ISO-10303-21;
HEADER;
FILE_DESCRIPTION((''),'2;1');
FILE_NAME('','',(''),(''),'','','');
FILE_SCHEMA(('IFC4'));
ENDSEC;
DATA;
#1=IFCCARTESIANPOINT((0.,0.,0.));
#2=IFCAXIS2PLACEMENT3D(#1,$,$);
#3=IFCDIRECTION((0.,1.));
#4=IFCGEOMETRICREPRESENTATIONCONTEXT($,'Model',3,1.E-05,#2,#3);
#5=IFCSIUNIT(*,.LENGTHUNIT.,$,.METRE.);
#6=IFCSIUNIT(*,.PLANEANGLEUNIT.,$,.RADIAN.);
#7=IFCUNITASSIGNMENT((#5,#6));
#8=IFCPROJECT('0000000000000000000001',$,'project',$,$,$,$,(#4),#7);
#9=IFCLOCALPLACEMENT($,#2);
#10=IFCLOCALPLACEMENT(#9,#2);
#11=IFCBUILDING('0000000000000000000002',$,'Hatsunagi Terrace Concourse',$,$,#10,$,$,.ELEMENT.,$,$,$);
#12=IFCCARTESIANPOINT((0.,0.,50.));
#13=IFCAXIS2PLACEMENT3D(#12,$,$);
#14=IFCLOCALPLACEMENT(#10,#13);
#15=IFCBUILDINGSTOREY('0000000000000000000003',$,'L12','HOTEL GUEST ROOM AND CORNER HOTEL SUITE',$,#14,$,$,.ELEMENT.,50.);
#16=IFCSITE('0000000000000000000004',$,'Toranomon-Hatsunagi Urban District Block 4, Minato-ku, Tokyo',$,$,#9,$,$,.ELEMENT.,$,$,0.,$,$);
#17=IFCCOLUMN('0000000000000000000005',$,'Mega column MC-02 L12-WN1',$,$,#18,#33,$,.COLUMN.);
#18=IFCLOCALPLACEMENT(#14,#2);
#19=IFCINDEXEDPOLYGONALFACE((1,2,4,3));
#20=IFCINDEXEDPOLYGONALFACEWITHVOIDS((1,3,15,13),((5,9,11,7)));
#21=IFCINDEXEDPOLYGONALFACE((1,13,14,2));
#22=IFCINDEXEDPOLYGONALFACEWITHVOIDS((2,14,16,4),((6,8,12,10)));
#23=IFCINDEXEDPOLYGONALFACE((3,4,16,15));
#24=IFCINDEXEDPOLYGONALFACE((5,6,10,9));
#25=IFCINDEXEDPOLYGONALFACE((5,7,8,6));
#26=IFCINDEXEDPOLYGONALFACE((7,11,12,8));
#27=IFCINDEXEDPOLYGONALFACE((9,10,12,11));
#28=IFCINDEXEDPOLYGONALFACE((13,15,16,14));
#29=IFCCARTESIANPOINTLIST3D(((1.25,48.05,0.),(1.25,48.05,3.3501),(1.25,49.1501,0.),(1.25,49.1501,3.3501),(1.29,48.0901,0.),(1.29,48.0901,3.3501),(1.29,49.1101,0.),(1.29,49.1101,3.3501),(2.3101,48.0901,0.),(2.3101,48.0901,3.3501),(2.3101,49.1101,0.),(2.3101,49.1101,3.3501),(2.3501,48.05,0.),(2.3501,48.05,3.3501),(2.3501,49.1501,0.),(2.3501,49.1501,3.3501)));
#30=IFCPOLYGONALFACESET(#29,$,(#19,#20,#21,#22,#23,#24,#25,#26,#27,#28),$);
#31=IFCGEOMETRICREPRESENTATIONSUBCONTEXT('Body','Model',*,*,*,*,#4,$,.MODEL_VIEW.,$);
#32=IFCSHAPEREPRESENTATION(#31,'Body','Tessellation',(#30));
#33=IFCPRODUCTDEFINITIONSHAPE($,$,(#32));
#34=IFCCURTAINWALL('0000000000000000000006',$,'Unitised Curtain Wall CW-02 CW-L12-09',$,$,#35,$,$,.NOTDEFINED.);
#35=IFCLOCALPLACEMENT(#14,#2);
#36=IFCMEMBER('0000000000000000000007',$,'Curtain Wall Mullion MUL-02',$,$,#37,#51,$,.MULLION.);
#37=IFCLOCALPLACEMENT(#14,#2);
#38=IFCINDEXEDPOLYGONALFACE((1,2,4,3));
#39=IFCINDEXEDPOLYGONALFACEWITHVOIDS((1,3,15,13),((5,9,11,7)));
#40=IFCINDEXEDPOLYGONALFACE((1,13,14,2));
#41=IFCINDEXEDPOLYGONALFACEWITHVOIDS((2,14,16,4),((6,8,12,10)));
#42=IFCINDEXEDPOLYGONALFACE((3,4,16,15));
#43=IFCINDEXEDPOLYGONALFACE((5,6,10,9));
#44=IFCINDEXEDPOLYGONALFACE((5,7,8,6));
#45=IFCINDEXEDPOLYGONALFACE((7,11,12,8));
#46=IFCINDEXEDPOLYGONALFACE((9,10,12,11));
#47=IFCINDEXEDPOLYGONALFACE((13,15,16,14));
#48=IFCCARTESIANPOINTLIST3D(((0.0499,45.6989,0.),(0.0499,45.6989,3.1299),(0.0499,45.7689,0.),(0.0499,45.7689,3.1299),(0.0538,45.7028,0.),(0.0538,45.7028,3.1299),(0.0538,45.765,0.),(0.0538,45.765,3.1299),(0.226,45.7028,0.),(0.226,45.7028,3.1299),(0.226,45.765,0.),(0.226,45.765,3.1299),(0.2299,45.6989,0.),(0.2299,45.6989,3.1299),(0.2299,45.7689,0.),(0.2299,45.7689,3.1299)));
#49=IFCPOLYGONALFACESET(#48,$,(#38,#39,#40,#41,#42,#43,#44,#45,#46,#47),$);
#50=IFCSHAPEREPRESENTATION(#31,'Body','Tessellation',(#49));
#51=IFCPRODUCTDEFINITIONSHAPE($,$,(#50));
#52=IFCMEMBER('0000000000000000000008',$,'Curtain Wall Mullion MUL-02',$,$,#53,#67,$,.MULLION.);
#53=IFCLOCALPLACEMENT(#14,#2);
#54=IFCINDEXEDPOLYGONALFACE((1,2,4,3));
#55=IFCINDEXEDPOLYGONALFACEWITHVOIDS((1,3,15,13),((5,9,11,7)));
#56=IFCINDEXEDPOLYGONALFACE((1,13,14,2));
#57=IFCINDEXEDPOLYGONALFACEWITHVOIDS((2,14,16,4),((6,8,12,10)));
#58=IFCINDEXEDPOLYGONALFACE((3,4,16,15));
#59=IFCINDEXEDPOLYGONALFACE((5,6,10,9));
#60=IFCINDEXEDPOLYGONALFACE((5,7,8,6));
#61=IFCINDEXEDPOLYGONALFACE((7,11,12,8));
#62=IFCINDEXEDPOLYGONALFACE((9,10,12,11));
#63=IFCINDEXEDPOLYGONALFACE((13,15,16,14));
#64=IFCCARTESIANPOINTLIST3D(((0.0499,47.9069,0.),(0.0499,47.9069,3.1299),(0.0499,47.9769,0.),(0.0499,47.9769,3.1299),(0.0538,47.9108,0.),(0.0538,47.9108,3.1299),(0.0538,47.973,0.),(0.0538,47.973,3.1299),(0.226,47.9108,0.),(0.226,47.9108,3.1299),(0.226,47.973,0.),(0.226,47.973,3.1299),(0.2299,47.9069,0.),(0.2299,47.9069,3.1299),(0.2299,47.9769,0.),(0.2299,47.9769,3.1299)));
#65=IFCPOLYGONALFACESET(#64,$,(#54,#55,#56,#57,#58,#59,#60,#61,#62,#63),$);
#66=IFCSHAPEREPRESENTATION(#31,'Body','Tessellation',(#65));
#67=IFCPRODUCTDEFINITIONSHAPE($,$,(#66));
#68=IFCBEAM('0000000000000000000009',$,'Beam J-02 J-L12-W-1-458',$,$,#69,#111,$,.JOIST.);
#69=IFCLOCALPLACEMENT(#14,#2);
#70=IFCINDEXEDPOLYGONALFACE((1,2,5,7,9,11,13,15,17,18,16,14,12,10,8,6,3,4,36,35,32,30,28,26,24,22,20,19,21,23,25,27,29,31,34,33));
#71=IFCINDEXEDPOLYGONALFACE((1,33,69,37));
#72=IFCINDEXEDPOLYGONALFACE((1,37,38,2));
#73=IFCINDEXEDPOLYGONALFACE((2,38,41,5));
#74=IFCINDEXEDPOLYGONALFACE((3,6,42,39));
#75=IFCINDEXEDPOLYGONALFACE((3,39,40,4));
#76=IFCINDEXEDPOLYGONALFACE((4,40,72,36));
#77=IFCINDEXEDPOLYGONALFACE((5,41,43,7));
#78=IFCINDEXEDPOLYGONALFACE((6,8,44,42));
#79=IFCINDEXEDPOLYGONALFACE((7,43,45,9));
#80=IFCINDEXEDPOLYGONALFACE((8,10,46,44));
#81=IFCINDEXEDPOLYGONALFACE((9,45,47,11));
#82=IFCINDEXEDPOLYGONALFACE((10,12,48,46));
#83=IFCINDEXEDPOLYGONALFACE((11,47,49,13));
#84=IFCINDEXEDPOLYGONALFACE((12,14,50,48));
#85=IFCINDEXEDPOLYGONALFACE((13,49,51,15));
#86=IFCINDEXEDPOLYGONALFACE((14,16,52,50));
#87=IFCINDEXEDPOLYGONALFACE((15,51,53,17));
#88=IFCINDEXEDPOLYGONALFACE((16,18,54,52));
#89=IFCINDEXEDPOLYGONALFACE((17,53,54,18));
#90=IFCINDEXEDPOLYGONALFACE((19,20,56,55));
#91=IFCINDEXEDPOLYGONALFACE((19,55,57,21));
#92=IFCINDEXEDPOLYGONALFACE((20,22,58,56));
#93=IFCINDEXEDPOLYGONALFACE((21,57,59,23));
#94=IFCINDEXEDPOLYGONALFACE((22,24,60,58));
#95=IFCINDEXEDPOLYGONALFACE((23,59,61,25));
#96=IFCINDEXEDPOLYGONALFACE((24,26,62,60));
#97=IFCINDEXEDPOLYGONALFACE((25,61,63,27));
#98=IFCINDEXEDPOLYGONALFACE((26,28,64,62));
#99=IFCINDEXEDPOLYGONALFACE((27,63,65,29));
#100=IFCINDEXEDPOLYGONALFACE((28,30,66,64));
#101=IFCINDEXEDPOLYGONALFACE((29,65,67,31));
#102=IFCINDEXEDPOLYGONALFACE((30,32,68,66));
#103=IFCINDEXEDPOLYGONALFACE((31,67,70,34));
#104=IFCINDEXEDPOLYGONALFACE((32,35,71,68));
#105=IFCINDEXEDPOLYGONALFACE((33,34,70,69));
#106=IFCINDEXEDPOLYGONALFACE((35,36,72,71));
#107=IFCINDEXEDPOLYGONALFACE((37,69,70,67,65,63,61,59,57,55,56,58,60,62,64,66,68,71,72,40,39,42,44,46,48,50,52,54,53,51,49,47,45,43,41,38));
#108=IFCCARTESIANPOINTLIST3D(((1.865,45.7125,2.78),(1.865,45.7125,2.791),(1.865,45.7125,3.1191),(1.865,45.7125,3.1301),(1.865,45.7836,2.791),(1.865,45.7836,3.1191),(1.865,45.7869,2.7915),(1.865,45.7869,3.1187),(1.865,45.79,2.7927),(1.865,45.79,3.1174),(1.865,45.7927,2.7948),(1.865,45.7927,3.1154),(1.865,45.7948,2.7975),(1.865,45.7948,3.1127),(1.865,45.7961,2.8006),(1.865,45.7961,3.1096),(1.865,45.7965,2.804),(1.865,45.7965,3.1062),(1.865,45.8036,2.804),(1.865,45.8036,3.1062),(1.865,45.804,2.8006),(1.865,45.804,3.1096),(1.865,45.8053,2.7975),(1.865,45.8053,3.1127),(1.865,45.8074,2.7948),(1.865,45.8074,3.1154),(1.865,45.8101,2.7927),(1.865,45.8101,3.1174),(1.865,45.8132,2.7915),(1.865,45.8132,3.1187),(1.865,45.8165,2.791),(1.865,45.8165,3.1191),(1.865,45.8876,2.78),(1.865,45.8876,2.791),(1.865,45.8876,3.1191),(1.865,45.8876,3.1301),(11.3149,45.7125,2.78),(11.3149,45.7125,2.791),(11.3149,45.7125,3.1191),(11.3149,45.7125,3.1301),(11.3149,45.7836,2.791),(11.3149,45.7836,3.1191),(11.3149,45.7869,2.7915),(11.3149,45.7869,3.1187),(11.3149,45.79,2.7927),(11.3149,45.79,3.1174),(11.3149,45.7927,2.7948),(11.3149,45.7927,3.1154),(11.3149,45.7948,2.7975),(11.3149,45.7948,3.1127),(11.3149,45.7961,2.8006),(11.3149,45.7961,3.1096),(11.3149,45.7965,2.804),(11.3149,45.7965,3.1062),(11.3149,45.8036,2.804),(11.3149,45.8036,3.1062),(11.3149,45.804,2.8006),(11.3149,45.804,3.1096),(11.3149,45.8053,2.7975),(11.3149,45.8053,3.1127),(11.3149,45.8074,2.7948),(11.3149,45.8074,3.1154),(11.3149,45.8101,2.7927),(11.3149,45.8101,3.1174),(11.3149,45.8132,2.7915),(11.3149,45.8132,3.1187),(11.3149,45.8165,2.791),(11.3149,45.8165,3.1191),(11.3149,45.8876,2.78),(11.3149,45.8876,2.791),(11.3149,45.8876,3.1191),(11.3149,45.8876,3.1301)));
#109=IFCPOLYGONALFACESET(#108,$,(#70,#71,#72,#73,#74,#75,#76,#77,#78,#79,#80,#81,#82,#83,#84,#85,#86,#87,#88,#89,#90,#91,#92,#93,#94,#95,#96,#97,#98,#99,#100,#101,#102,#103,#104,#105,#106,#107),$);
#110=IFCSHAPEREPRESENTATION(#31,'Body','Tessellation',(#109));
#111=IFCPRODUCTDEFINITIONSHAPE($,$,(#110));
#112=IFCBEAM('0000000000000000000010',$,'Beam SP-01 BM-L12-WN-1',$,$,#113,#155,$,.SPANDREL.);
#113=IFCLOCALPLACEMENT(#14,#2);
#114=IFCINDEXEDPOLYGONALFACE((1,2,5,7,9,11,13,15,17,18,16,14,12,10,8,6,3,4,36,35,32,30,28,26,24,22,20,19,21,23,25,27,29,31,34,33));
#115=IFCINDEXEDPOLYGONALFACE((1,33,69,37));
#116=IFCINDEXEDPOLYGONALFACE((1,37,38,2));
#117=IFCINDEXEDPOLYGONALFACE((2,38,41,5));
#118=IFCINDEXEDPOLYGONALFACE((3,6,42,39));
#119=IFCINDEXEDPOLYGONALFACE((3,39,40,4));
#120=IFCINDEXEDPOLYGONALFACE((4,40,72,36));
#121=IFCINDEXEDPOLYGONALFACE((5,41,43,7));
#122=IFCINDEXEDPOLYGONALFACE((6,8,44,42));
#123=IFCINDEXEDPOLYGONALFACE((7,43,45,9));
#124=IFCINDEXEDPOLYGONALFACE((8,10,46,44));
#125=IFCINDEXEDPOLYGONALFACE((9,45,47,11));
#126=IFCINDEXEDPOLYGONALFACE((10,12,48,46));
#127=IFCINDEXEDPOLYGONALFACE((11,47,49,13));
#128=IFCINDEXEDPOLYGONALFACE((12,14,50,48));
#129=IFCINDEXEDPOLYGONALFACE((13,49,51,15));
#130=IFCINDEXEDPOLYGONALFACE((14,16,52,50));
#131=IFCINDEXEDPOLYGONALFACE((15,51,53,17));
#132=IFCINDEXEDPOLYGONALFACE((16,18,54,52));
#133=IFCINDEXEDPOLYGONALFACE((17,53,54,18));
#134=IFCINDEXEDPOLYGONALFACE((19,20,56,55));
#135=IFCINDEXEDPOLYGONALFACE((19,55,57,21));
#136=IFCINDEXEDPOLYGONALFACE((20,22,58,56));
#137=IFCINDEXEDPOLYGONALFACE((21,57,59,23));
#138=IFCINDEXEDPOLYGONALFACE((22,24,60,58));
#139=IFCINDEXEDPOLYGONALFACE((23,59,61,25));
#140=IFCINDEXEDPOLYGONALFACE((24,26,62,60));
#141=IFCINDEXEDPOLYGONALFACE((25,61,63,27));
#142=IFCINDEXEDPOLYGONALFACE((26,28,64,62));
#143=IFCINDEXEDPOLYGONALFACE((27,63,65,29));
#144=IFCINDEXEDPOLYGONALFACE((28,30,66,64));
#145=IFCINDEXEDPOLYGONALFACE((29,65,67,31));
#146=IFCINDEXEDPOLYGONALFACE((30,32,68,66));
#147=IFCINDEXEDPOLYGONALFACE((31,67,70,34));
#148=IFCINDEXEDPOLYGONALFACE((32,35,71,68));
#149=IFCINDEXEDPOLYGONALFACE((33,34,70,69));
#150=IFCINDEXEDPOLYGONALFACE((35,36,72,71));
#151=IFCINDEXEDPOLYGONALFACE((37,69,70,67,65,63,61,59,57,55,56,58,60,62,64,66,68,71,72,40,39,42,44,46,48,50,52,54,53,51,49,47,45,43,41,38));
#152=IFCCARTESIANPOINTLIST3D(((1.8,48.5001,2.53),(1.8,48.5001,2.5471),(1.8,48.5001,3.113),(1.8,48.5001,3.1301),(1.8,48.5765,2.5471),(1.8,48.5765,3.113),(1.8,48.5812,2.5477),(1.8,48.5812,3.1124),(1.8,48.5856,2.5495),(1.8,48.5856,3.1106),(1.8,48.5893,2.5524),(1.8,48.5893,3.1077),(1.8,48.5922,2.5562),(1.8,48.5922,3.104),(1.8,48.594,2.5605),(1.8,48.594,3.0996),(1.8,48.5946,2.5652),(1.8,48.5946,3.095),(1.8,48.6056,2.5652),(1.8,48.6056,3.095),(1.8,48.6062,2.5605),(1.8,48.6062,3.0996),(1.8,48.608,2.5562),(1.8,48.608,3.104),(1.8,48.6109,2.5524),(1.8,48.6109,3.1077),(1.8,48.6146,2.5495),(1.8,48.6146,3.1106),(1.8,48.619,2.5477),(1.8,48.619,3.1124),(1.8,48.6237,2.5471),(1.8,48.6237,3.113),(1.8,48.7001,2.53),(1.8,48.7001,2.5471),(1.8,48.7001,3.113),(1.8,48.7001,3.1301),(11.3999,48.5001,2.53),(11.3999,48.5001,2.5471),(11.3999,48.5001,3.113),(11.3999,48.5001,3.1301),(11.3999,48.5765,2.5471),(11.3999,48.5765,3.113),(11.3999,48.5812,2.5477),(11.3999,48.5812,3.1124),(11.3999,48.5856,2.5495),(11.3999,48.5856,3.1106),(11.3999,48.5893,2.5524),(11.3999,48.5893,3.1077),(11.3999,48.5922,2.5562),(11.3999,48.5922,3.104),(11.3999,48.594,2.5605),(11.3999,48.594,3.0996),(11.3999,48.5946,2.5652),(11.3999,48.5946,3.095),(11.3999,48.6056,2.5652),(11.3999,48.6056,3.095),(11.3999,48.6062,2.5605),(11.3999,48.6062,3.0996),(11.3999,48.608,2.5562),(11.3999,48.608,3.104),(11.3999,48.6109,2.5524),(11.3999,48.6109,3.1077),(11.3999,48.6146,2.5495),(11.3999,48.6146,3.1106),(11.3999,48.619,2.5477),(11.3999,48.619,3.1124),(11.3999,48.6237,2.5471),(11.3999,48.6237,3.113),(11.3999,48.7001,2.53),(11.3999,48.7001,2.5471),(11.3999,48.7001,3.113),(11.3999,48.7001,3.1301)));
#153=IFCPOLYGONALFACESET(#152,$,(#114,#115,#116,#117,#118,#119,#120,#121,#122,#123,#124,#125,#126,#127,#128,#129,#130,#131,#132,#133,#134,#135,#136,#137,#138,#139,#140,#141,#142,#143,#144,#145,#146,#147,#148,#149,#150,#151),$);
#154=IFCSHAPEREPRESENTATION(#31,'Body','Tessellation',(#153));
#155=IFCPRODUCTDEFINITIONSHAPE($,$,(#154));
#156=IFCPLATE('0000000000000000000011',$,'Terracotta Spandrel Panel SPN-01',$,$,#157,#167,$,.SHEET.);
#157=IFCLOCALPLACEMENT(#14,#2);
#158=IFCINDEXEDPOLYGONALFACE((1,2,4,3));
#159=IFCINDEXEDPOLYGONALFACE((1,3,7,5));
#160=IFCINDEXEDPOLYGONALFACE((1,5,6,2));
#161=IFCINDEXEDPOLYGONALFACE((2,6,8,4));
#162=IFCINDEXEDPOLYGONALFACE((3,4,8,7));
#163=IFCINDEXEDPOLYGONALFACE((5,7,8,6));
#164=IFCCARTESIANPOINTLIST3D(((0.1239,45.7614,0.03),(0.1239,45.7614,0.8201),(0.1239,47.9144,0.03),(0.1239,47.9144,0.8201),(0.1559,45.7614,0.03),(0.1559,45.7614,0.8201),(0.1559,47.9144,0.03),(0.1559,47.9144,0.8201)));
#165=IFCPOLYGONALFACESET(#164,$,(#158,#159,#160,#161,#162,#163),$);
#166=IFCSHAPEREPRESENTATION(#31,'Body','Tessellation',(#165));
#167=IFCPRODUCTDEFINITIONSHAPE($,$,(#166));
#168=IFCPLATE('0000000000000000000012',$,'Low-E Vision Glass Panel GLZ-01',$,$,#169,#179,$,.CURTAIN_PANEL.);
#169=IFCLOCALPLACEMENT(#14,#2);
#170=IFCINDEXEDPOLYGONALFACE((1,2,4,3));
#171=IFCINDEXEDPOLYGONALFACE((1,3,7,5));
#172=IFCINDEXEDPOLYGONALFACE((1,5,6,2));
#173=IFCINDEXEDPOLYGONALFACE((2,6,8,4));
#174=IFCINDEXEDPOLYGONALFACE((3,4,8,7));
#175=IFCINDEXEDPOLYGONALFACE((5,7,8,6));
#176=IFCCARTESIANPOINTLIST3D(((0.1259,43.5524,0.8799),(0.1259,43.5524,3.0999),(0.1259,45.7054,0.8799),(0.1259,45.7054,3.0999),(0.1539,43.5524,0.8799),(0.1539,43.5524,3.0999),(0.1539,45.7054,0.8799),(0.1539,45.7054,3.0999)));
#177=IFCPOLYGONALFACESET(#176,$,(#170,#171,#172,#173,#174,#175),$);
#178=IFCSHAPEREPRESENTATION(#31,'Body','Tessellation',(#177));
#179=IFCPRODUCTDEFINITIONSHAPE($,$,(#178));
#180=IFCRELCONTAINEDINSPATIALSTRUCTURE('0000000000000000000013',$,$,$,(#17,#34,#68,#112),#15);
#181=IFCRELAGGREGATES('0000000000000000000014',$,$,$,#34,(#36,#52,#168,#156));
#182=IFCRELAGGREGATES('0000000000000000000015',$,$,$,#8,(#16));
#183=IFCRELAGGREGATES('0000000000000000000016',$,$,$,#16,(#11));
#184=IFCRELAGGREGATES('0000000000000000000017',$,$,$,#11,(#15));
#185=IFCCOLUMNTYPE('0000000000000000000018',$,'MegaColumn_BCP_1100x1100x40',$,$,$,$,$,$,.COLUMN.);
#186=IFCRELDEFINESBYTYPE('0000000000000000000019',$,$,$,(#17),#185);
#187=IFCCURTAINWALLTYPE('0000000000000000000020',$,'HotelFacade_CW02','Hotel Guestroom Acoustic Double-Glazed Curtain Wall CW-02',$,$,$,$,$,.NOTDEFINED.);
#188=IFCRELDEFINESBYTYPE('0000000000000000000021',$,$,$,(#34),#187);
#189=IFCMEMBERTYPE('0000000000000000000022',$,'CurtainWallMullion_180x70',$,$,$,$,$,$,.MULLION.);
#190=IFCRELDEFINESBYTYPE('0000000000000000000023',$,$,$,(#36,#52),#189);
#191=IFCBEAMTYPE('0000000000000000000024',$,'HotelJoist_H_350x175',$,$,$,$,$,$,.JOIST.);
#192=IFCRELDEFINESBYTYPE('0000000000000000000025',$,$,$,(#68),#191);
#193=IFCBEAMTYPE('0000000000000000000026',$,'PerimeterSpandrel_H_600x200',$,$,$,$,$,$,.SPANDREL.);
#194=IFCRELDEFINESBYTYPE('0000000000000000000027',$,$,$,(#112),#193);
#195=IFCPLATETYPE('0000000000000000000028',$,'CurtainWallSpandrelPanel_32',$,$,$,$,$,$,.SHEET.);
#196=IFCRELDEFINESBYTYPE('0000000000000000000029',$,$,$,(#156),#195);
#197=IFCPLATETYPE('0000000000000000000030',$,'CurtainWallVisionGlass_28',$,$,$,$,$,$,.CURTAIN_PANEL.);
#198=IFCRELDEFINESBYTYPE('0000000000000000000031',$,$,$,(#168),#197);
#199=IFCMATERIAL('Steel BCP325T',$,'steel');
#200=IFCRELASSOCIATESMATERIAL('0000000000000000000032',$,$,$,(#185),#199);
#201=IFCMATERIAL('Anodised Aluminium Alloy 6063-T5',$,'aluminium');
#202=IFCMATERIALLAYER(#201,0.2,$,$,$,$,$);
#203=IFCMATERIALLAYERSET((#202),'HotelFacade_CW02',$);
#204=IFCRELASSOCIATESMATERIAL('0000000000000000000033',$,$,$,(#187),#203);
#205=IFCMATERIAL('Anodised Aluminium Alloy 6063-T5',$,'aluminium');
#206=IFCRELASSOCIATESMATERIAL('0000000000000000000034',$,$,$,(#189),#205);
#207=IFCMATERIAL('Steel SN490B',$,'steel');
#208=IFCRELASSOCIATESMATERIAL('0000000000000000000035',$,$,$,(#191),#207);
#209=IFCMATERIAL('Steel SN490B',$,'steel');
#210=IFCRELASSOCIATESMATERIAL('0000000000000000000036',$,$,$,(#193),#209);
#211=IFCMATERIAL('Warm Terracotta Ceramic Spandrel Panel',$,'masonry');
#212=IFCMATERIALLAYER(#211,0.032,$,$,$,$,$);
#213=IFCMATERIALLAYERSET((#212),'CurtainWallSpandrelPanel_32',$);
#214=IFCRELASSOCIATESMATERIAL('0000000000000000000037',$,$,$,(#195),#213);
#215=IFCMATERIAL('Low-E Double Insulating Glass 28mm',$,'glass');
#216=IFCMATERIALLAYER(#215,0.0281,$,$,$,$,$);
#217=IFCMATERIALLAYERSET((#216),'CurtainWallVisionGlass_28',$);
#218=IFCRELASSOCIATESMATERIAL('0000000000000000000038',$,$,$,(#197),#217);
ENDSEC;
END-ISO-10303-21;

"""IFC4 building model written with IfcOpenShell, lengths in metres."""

from ifc_helpers import new_model, si_unit, direction, frame, origin, origin_2d, place, context, subcontext, project, spatial, rectangle, hollow_rectangle, i_section, extrude, material, layer, layer_set, material_profile, profile_set, type_object, element, aggregate, save


model = new_model("IFC4")

# Units and contexts
model_context = context("Model", 3, precision=1e-05, world=origin(), true_north=direction((0.0, 1.0)))
body_context = subcontext(model_context, "Body", "Model", "MODEL_VIEW")
ifc_project = project(units=[si_unit("LENGTHUNIT", "METRE"), si_unit("PLANEANGLEUNIT", "RADIAN")], contexts=[model_context])

# Site, building, storey
site_placement = place(None, origin())
site = spatial("IfcSite", under=ifc_project, at=site_placement, Name="Toranomon-Hatsunagi Urban District Block 4, Minato-ku, Tokyo", CompositionType="ELEMENT", RefElevation=0.0)
building_placement = place(site_placement, origin())
building = spatial("IfcBuilding", under=site, at=building_placement, Name="Hatsunagi Terrace Concourse", CompositionType="ELEMENT")
storey_placement = place(building_placement, frame((0.0, 0.0, 50.0)))
storey = spatial("IfcBuildingStorey", under=building, at=storey_placement, Name="L12", Description="HOTEL GUEST ROOM AND CORNER HOTEL SUITE", CompositionType="ELEMENT", Elevation=50.0)

# Column
ifc_material_1 = material(Name="Steel BCP325T", Category="steel")
ifc_material_profile_1 = material_profile(ifc_material_1, hollow_rectangle(XDim=1.1001, YDim=1.1001, WallThickness=0.04, at=origin_2d()), Name="BCP-1100x1100x40")
ifc_profile_set_1 = profile_set([ifc_material_profile_1], Name="Steel BCP325T")
column_type = type_object("IfcColumnType", Name="MegaColumn_BCP_1100x1100x40", PredefinedType="COLUMN", material=ifc_profile_set_1)
column_placement = place(storey_placement, frame((1.8, 48.6001, 0.0), z_axis=(0.0, 0.0, 1.0), x_axis=(1.0, 0.0, 0.0)))
element("IfcColumn", 1, at=column_placement, inside=storey, type_object=column_type, Name="Mega column MC-02 L12-WN1", PredefinedType="COLUMN", context=body_context, shape_type="SweptSolid", body=[
    extrude(hollow_rectangle(XDim=1.1001, YDim=1.1001, WallThickness=0.04, at=origin_2d()), origin(), (0.0, 0.0, 1.0), 3.3501),
])

# Curtain wall, members
ifc_material_2 = material(Name="Anodised Aluminium Alloy 6063-T5", Category="aluminium")
ifc_layer_1 = layer(ifc_material_2, 0.2)
ifc_layer_set_1 = layer_set([ifc_layer_1], Name="HotelFacade_CW02")
curtain_wall_type = type_object("IfcCurtainWallType", Name="HotelFacade_CW02", Description="Hotel Guestroom Acoustic Double-Glazed Curtain Wall CW-02", PredefinedType="NOTDEFINED", material=ifc_layer_set_1)
curtain_wall_placement = place(storey_placement, origin())
curtain_wall = element("IfcCurtainWall", 2, at=curtain_wall_placement, inside=storey, type_object=curtain_wall_type, Name="Unitised Curtain Wall CW-02 CW-L12-09", PredefinedType="NOTDEFINED")
ifc_material_3 = material(Name="Anodised Aluminium Alloy 6063-T5", Category="aluminium")
ifc_material_profile_2 = material_profile(ifc_material_3, hollow_rectangle(XDim=0.0701, YDim=0.1799, WallThickness=0.0039, at=origin_2d()), Name="ALU-MUL-180x70x4")
ifc_profile_set_2 = profile_set([ifc_material_profile_2], Name="Anodised Aluminium Alloy 6063-T5")
member_type = type_object("IfcMemberType", Name="CurtainWallMullion_180x70", PredefinedType="MULLION", material=ifc_profile_set_2)
member_1_placement = place(storey_placement, frame((0.1399, 45.7339, 0.0), z_axis=(0.0, 0.0, 1.0), x_axis=(0.0, 1.0, 0.0)))
member_1 = element("IfcMember", 3, at=member_1_placement, type_object=member_type, Name="Curtain Wall Mullion MUL-02", PredefinedType="MULLION", context=body_context, shape_type="SweptSolid", body=[
    extrude(hollow_rectangle(XDim=0.0701, YDim=0.1799, WallThickness=0.0039, at=origin_2d()), origin(), (0.0, 0.0, 1.0), 3.1299),
])
member_2_placement = place(storey_placement, frame((0.1399, 47.9419, 0.0), z_axis=(0.0, 0.0, 1.0), x_axis=(0.0, 1.0, 0.0)))
member_2 = element("IfcMember", 4, at=member_2_placement, type_object=member_type, Name="Curtain Wall Mullion MUL-02", PredefinedType="MULLION", context=body_context, shape_type="SweptSolid", body=[
    extrude(hollow_rectangle(XDim=0.0701, YDim=0.1799, WallThickness=0.0039, at=origin_2d()), origin(), (0.0, 0.0, 1.0), 3.1299),
])

# Beams
ifc_material_4 = material(Name="Steel SN490B", Category="steel")
ifc_material_profile_3 = material_profile(ifc_material_4, i_section(OverallWidth=0.175, OverallDepth=0.3501, WebThickness=0.0071, FlangeThickness=0.011, FilletRadius=0.0129, at=origin_2d()), Name="H-350x175x7x11")
ifc_profile_set_3 = profile_set([ifc_material_profile_3], Name="Steel SN490B")
beam_type_1 = type_object("IfcBeamType", Name="HotelJoist_H_350x175", PredefinedType="JOIST", material=ifc_profile_set_3)
beam_1_placement = place(storey_placement, frame((1.865, 45.8, 2.9551), z_axis=(1.0, 0.0, 0.0), x_axis=(0.0, 1.0, 0.0)))
element("IfcBeam", 5, at=beam_1_placement, inside=storey, type_object=beam_type_1, Name="Beam J-02 J-L12-W-1-458", PredefinedType="JOIST", context=body_context, shape_type="SweptSolid", body=[
    extrude(i_section(OverallWidth=0.175, OverallDepth=0.3501, WebThickness=0.0071, FlangeThickness=0.011, FilletRadius=0.0129, at=origin_2d()), origin(), (0.0, 0.0, 1.0), 9.45),
])
ifc_material_5 = material(Name="Steel SN490B", Category="steel")
ifc_material_profile_4 = material_profile(ifc_material_5, i_section(OverallWidth=0.2, OverallDepth=0.6001, WebThickness=0.011, FlangeThickness=0.0171, FilletRadius=0.0181, at=origin_2d()), Name="H-600x200x11x17")
ifc_profile_set_4 = profile_set([ifc_material_profile_4], Name="Steel SN490B")
beam_type_2 = type_object("IfcBeamType", Name="PerimeterSpandrel_H_600x200", PredefinedType="SPANDREL", material=ifc_profile_set_4)
beam_2_placement = place(storey_placement, frame((1.8, 48.6001, 2.8301), z_axis=(1.0, 0.0, 0.0), x_axis=(0.0, 1.0, 0.0)))
element("IfcBeam", 6, at=beam_2_placement, inside=storey, type_object=beam_type_2, Name="Beam SP-01 BM-L12-WN-1", PredefinedType="SPANDREL", context=body_context, shape_type="SweptSolid", body=[
    extrude(i_section(OverallWidth=0.2, OverallDepth=0.6001, WebThickness=0.011, FlangeThickness=0.0171, FilletRadius=0.0181, at=origin_2d()), origin(), (0.0, 0.0, 1.0), 9.5999),
])

# Plates
ifc_material_6 = material(Name="Warm Terracotta Ceramic Spandrel Panel", Category="masonry")
ifc_layer_2 = layer(ifc_material_6, 0.032)
ifc_layer_set_2 = layer_set([ifc_layer_2], Name="CurtainWallSpandrelPanel_32")
plate_type_1 = type_object("IfcPlateType", Name="CurtainWallSpandrelPanel_32", PredefinedType="SHEET", material=ifc_layer_set_2)
plate_1_placement = place(storey_placement, frame((0.1399, 46.8379, 0.03), z_axis=(0.0, 0.0, 1.0), x_axis=(0.0, 1.0, 0.0)))
plate_1 = element("IfcPlate", 7, at=plate_1_placement, type_object=plate_type_1, Name="Terracotta Spandrel Panel SPN-01", PredefinedType="SHEET", context=body_context, shape_type="SweptSolid", body=[
    extrude(rectangle(XDim=2.1531, YDim=0.032, at=origin_2d()), origin(), (0.0, 0.0, 1.0), 0.79),
])
ifc_material_7 = material(Name="Low-E Double Insulating Glass 28mm", Category="glass")
ifc_layer_3 = layer(ifc_material_7, 0.0281)
ifc_layer_set_3 = layer_set([ifc_layer_3], Name="CurtainWallVisionGlass_28")
plate_type_2 = type_object("IfcPlateType", Name="CurtainWallVisionGlass_28", PredefinedType="CURTAIN_PANEL", material=ifc_layer_set_3)
plate_2_placement = place(storey_placement, frame((0.1399, 44.6289, 0.8799), z_axis=(0.0, 0.0, 1.0), x_axis=(0.0, 1.0, 0.0)))
plate_2 = element("IfcPlate", 8, at=plate_2_placement, type_object=plate_type_2, Name="Low-E Vision Glass Panel GLZ-01", PredefinedType="CURTAIN_PANEL", context=body_context, shape_type="SweptSolid", body=[
    extrude(rectangle(XDim=2.1531, YDim=0.0281, at=origin_2d()), origin(), (0.0, 0.0, 1.0), 2.22),
])
aggregate(curtain_wall, [member_1, member_2, plate_2, plate_1])

save(model, "model.ifc")
